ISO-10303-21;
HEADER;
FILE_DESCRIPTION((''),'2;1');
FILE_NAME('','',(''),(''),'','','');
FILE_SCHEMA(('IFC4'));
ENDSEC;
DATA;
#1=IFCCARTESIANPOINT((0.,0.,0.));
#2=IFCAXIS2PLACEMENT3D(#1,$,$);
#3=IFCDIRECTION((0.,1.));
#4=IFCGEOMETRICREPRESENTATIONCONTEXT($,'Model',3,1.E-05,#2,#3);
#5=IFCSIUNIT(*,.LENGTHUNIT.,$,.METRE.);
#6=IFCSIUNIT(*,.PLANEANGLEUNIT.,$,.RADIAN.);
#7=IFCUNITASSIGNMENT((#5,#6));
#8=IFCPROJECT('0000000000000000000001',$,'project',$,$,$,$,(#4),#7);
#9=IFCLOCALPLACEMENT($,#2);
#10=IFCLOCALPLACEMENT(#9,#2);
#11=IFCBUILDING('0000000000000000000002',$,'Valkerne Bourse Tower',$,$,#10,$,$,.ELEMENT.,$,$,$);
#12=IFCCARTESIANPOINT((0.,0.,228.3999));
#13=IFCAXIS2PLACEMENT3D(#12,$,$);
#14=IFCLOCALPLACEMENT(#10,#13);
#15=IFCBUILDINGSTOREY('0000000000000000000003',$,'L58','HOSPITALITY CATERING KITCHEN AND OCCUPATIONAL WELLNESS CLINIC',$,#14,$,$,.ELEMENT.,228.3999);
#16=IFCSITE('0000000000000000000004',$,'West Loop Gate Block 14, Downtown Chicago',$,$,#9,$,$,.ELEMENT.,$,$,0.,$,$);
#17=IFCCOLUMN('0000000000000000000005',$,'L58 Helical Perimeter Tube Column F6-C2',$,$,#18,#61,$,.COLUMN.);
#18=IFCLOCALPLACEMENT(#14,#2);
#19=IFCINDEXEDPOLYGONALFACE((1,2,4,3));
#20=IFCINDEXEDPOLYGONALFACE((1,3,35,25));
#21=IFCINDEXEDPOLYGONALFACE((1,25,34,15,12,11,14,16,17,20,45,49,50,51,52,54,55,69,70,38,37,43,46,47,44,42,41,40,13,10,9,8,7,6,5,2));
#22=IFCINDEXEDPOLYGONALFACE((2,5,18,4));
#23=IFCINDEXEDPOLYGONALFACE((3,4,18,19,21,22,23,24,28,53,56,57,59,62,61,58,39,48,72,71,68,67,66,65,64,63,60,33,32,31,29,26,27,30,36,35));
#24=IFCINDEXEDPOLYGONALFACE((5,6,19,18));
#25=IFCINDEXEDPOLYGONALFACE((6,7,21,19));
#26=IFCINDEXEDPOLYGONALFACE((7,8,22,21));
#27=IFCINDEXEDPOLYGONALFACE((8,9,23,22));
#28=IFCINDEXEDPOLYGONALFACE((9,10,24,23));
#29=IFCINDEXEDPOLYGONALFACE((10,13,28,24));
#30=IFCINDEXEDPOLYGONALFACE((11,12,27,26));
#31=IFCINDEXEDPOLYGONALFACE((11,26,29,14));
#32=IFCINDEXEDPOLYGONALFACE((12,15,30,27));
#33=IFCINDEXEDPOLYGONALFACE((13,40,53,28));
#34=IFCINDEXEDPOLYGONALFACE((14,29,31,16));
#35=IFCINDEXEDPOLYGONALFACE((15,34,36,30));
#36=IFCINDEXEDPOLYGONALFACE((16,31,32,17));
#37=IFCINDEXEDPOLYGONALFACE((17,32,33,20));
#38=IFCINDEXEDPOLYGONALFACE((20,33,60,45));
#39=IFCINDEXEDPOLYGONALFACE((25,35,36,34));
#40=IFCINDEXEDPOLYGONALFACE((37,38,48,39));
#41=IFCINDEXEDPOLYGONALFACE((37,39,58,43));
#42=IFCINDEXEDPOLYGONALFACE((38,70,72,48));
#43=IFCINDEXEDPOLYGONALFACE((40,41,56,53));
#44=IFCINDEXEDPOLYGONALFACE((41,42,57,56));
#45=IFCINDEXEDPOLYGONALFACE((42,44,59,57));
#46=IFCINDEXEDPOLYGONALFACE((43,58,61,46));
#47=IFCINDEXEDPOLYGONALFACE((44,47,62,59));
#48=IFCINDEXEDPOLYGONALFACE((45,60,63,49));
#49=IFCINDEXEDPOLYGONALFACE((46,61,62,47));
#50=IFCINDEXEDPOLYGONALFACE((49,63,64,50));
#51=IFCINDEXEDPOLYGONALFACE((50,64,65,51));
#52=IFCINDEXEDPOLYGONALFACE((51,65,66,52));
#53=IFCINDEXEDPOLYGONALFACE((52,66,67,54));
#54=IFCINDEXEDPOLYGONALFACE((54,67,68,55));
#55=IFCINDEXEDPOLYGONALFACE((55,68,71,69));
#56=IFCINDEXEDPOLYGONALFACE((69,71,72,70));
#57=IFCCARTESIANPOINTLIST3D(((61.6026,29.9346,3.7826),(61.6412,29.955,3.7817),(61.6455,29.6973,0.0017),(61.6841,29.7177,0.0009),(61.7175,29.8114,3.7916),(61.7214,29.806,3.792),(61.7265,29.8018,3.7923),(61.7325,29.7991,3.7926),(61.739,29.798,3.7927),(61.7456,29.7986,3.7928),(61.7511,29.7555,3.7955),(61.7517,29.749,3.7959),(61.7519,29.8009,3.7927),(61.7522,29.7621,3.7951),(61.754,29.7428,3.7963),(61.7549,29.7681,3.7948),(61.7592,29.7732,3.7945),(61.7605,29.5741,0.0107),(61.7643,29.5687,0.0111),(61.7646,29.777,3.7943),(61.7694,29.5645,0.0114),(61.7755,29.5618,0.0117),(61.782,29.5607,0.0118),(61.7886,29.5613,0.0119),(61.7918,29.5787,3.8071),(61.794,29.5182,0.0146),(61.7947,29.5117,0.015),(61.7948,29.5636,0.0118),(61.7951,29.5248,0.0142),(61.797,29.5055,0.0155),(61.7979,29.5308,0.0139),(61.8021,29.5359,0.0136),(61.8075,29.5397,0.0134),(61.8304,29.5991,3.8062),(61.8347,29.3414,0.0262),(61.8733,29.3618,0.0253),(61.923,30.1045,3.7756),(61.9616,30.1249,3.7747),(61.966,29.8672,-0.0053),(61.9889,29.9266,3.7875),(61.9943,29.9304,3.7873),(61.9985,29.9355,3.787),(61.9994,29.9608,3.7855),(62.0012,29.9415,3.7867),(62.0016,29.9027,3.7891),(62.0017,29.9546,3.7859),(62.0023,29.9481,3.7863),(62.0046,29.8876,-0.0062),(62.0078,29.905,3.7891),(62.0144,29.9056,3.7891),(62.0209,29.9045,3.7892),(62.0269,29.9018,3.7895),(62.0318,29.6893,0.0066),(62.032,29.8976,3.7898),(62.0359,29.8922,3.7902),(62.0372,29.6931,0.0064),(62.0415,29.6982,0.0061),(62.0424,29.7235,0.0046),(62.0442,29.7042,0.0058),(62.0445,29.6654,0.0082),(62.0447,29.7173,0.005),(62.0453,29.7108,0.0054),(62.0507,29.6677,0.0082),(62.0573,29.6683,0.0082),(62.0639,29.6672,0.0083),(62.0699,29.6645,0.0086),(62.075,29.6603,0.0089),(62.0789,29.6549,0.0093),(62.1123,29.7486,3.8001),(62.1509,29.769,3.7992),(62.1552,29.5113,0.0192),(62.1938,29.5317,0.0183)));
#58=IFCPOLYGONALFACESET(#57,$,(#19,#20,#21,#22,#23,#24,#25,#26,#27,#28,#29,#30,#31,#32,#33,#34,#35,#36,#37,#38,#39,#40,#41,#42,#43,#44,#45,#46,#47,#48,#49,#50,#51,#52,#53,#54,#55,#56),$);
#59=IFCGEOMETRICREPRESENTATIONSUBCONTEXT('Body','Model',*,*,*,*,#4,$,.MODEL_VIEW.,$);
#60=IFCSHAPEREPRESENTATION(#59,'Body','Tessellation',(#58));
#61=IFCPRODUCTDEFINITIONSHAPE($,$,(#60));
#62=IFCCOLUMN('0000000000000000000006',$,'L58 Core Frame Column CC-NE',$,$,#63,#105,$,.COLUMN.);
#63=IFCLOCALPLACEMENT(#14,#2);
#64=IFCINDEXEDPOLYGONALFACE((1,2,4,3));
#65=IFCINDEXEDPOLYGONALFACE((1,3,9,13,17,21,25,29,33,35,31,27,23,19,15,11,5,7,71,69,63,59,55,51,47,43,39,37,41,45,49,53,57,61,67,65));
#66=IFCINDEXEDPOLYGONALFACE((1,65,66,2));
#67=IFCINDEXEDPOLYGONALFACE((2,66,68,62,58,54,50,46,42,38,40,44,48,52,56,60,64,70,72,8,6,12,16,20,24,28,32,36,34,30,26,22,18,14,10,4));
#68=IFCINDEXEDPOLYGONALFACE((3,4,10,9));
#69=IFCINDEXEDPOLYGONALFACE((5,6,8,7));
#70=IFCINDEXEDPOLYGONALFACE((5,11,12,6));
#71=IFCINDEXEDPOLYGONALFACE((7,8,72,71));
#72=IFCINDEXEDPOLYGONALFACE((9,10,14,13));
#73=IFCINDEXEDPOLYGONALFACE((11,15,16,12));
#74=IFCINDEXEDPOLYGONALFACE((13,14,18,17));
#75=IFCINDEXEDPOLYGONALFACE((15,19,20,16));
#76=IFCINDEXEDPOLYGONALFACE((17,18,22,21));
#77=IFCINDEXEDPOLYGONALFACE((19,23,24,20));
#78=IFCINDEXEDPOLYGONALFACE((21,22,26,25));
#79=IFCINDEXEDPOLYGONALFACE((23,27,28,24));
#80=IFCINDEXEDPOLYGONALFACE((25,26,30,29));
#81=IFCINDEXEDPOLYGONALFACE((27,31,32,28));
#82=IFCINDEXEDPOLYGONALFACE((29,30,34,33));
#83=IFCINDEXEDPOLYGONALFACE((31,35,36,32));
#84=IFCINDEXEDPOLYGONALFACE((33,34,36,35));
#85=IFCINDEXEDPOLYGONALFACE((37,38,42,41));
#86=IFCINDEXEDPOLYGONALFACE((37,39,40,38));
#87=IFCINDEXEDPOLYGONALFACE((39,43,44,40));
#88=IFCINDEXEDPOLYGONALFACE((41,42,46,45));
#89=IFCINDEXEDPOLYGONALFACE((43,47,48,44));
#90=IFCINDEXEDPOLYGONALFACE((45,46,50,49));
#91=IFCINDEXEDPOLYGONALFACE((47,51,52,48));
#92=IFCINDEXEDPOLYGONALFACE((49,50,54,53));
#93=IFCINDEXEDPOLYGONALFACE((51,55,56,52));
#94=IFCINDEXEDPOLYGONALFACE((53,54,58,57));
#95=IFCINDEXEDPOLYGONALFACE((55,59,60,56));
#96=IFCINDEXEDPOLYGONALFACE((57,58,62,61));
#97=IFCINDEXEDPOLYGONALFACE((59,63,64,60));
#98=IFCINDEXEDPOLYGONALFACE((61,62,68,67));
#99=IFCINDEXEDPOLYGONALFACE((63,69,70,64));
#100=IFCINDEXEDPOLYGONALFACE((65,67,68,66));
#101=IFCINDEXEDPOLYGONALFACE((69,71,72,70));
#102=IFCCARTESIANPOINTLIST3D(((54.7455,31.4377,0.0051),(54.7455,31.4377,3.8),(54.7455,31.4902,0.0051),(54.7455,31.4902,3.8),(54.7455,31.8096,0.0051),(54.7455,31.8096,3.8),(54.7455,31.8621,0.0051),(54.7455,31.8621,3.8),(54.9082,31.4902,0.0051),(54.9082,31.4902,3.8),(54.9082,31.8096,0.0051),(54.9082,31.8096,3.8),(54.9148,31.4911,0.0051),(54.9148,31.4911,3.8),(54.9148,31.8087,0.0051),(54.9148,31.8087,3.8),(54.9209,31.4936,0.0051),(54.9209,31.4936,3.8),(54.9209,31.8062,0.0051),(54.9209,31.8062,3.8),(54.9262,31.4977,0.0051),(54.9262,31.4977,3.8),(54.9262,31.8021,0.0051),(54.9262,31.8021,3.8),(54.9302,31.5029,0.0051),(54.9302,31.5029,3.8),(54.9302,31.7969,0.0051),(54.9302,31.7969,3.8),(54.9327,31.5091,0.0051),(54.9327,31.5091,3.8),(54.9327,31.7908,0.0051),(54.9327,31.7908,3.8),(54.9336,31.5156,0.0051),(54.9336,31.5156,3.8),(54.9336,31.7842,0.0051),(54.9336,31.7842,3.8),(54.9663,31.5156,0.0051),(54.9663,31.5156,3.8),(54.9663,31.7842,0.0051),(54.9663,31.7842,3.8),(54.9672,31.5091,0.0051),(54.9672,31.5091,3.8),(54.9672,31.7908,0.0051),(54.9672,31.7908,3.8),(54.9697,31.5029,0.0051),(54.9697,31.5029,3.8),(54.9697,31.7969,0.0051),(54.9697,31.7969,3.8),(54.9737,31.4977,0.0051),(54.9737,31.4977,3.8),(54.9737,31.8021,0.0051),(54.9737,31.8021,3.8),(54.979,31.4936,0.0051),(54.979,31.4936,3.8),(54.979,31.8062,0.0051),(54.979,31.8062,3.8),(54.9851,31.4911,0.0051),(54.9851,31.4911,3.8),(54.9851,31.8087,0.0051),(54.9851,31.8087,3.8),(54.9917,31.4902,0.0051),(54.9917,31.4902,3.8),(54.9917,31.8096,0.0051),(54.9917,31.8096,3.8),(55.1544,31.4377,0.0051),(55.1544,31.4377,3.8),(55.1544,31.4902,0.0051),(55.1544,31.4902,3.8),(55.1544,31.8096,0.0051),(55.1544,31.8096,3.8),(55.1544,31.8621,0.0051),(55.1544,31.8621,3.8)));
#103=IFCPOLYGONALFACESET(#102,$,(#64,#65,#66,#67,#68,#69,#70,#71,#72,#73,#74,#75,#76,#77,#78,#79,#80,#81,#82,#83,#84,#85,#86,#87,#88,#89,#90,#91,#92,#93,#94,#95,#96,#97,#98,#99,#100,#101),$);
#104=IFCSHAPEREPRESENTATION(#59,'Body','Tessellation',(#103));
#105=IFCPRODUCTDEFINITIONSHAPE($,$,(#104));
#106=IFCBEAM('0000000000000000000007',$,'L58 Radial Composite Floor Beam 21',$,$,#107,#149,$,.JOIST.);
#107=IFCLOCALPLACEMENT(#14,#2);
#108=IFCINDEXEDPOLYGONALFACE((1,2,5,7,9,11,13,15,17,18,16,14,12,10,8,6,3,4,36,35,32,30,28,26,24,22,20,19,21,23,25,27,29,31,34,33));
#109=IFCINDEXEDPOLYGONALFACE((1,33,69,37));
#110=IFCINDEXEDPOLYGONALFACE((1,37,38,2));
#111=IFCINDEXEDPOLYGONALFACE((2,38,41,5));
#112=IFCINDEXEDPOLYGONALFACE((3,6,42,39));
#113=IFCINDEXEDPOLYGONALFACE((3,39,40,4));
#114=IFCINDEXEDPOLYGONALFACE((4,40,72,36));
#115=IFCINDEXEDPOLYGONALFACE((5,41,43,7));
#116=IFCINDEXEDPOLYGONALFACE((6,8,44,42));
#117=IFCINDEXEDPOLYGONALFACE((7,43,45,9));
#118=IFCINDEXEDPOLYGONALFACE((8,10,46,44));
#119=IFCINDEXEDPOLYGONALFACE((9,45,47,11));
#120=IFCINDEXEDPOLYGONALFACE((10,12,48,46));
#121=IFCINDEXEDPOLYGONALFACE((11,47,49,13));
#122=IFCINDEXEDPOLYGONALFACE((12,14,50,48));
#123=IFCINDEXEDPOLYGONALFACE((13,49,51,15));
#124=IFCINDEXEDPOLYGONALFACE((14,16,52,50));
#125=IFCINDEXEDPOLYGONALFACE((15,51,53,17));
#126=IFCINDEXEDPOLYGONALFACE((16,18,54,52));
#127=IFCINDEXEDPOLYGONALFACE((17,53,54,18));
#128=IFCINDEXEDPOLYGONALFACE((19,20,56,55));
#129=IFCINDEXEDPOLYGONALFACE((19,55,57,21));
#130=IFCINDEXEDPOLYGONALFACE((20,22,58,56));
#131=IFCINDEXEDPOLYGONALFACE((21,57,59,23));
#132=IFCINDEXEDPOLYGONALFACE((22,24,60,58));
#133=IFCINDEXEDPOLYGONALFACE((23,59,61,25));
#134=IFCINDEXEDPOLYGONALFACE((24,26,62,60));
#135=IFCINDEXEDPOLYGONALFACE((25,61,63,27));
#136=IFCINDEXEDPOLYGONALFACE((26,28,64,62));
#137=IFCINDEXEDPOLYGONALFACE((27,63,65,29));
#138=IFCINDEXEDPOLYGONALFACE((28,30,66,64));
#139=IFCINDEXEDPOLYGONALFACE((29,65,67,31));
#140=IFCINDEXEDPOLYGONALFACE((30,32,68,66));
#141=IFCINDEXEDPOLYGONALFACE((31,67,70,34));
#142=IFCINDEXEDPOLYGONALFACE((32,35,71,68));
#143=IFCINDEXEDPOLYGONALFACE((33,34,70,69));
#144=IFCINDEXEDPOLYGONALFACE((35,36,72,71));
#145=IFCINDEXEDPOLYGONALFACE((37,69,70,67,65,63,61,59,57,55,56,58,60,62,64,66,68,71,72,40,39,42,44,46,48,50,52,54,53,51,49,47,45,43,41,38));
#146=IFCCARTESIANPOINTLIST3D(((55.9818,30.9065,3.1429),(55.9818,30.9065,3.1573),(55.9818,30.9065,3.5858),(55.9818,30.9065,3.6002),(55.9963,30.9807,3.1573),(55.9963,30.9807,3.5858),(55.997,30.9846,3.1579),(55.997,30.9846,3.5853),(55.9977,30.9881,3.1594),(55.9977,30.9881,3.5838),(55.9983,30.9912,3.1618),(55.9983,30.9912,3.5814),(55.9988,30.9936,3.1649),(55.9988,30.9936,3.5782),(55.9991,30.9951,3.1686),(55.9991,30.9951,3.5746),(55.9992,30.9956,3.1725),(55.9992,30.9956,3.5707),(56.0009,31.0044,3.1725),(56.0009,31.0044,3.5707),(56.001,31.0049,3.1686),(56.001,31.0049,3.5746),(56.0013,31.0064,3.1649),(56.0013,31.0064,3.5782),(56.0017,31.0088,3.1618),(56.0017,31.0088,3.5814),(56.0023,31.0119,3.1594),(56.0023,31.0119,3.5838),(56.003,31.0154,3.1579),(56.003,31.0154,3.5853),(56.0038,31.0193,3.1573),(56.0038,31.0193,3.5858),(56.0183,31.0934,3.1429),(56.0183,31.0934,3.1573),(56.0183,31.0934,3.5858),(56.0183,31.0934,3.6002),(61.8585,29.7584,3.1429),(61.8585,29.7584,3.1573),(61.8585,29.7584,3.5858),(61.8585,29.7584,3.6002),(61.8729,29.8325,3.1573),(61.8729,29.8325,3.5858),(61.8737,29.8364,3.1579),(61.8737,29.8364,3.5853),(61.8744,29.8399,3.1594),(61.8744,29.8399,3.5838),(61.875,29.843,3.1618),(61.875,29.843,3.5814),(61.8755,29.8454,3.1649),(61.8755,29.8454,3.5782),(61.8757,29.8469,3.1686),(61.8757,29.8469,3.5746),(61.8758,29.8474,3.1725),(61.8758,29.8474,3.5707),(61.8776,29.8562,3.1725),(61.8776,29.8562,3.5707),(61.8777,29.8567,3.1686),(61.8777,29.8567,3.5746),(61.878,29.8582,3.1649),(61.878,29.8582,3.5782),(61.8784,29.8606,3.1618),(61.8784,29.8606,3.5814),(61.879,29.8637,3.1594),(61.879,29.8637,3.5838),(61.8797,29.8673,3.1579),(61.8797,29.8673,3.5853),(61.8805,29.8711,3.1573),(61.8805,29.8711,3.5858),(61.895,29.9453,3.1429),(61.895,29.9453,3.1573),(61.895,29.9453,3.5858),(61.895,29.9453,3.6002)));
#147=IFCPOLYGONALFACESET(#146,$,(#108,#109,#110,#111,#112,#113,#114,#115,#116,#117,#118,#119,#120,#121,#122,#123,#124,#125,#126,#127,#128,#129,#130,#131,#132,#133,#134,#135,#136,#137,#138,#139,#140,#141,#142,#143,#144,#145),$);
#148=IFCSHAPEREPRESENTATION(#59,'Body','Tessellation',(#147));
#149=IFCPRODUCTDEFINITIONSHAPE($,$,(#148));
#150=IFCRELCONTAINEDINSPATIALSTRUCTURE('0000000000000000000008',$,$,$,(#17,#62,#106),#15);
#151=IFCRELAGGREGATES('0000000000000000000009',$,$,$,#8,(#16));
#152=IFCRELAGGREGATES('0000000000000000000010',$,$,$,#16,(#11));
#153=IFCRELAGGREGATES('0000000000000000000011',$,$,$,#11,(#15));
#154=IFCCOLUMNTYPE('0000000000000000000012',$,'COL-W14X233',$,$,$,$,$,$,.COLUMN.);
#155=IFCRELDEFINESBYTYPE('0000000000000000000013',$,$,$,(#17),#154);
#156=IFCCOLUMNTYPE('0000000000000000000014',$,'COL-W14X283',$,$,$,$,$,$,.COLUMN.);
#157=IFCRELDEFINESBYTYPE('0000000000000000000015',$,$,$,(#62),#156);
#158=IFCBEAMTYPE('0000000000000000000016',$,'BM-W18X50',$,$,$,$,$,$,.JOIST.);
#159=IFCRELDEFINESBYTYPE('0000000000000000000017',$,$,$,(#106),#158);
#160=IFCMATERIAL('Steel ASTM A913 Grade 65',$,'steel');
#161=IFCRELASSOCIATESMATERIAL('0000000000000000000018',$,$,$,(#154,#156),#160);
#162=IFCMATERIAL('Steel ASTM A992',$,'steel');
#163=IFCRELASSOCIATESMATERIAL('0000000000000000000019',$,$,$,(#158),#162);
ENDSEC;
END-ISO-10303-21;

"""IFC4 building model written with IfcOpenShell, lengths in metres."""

from ifc_helpers import new_model, si_unit, direction, frame, origin, origin_2d, place, context, subcontext, project, spatial, i_section, extrude, material, material_profile, profile_set, type_object, element, save


model = new_model("IFC4")

# Units and contexts
model_context = context("Model", 3, precision=1e-05, world=origin(), true_north=direction((0.0, 1.0)))
body_context = subcontext(model_context, "Body", "Model", "MODEL_VIEW")
ifc_project = project(units=[si_unit("LENGTHUNIT", "METRE"), si_unit("PLANEANGLEUNIT", "RADIAN")], contexts=[model_context])

# Site, building, storey
site_placement = place(None, origin())
site = spatial("IfcSite", under=ifc_project, at=site_placement, Name="West Loop Gate Block 14, Downtown Chicago", CompositionType="ELEMENT", RefElevation=0.0)
building_placement = place(site_placement, origin())
building = spatial("IfcBuilding", under=site, at=building_placement, Name="Valkerne Bourse Tower", CompositionType="ELEMENT")
storey_placement = place(building_placement, frame((0.0, 0.0, 228.3999)))
storey = spatial("IfcBuildingStorey", under=building, at=storey_placement, Name="L58", Description="HOSPITALITY CATERING KITCHEN AND OCCUPATIONAL WELLNESS CLINIC", CompositionType="ELEMENT", Elevation=228.3999)

# Columns
ifc_material_1 = material(Name="Steel ASTM A913 Grade 65", Category="steel")
ifc_material_profile_1 = material_profile(ifc_material_1, i_section(OverallWidth=0.4038, OverallDepth=0.4065, WebThickness=0.0271, FlangeThickness=0.0437, FilletRadius=0.0254, at=origin_2d()), Name="W14X233")
ifc_profile_set_1 = profile_set([ifc_material_profile_1], Name="Steel ASTM A913 Grade 65")
column_type_1 = type_object("IfcColumnType", Name="COL-W14X233", PredefinedType="COLUMN", material=ifc_profile_set_1)
column_1_placement = place(storey_placement, frame((61.9197, 29.6145, 0.01), z_axis=(-0.011341, 0.062635, 0.997972), x_axis=(0.468562, -0.881347, 0.06064)))
element("IfcColumn", 1, at=column_1_placement, inside=storey, type_object=column_type_1, Name="L58 Helical Perimeter Tube Column F6-C2", PredefinedType="COLUMN", context=body_context, shape_type="SweptSolid", body=[
    extrude(i_section(OverallWidth=0.4038, OverallDepth=0.4065, WebThickness=0.0271, FlangeThickness=0.0437, FilletRadius=0.0254, at=origin_2d()), origin(), (0.0, 0.0, 1.0), 3.7886),
])
ifc_material_profile_2 = material_profile(ifc_material_1, i_section(OverallWidth=0.4089, OverallDepth=0.4243, WebThickness=0.0327, FlangeThickness=0.0525, FilletRadius=0.0254, at=origin_2d()), Name="W14X283")
ifc_profile_set_2 = profile_set([ifc_material_profile_2], Name="Steel ASTM A913 Grade 65")
column_type_2 = type_object("IfcColumnType", Name="COL-W14X283", PredefinedType="COLUMN", material=ifc_profile_set_2)
column_2_placement = place(storey_placement, frame((54.95, 31.6499, 0.0051), z_axis=(0.0, 0.0, 1.0), x_axis=(1.0, 0.0, 0.0)))
element("IfcColumn", 2, at=column_2_placement, inside=storey, type_object=column_type_2, Name="L58 Core Frame Column CC-NE", PredefinedType="COLUMN", context=body_context, shape_type="SweptSolid", body=[
    extrude(i_section(OverallWidth=0.4089, OverallDepth=0.4243, WebThickness=0.0327, FlangeThickness=0.0525, FilletRadius=0.0254, at=origin_2d()), origin(), (0.0, 0.0, 1.0), 3.7949),
])

# Beam
ifc_material_2 = material(Name="Steel ASTM A992", Category="steel")
ifc_material_profile_3 = material_profile(ifc_material_2, i_section(OverallWidth=0.1904, OverallDepth=0.4573, WebThickness=0.009, FlangeThickness=0.0144, FilletRadius=0.0151, at=origin_2d()), Name="W18X50")
ifc_profile_set_3 = profile_set([ifc_material_profile_3], Name="Steel ASTM A992")
beam_type_1 = type_object("IfcBeamType", Name="BM-W18X50", PredefinedType="JOIST", material=ifc_profile_set_3)
beam_placement = place(storey_placement, frame((61.8767, 29.8518, 3.3716), z_axis=(-0.981443, 0.191755, 0.0), x_axis=(-0.191755, -0.981443, 0.0)))
element("IfcBeam", 3, at=beam_placement, inside=storey, type_object=beam_type_1, Name="L58 Radial Composite Floor Beam 21", PredefinedType="JOIST", context=body_context, shape_type="SweptSolid", body=[
    extrude(i_section(OverallWidth=0.1904, OverallDepth=0.4573, WebThickness=0.009, FlangeThickness=0.0144, FilletRadius=0.0151, at=origin_2d()), origin(), (0.0, 0.0, 1.0), 5.9878),
])

save(model, "model.ifc")
